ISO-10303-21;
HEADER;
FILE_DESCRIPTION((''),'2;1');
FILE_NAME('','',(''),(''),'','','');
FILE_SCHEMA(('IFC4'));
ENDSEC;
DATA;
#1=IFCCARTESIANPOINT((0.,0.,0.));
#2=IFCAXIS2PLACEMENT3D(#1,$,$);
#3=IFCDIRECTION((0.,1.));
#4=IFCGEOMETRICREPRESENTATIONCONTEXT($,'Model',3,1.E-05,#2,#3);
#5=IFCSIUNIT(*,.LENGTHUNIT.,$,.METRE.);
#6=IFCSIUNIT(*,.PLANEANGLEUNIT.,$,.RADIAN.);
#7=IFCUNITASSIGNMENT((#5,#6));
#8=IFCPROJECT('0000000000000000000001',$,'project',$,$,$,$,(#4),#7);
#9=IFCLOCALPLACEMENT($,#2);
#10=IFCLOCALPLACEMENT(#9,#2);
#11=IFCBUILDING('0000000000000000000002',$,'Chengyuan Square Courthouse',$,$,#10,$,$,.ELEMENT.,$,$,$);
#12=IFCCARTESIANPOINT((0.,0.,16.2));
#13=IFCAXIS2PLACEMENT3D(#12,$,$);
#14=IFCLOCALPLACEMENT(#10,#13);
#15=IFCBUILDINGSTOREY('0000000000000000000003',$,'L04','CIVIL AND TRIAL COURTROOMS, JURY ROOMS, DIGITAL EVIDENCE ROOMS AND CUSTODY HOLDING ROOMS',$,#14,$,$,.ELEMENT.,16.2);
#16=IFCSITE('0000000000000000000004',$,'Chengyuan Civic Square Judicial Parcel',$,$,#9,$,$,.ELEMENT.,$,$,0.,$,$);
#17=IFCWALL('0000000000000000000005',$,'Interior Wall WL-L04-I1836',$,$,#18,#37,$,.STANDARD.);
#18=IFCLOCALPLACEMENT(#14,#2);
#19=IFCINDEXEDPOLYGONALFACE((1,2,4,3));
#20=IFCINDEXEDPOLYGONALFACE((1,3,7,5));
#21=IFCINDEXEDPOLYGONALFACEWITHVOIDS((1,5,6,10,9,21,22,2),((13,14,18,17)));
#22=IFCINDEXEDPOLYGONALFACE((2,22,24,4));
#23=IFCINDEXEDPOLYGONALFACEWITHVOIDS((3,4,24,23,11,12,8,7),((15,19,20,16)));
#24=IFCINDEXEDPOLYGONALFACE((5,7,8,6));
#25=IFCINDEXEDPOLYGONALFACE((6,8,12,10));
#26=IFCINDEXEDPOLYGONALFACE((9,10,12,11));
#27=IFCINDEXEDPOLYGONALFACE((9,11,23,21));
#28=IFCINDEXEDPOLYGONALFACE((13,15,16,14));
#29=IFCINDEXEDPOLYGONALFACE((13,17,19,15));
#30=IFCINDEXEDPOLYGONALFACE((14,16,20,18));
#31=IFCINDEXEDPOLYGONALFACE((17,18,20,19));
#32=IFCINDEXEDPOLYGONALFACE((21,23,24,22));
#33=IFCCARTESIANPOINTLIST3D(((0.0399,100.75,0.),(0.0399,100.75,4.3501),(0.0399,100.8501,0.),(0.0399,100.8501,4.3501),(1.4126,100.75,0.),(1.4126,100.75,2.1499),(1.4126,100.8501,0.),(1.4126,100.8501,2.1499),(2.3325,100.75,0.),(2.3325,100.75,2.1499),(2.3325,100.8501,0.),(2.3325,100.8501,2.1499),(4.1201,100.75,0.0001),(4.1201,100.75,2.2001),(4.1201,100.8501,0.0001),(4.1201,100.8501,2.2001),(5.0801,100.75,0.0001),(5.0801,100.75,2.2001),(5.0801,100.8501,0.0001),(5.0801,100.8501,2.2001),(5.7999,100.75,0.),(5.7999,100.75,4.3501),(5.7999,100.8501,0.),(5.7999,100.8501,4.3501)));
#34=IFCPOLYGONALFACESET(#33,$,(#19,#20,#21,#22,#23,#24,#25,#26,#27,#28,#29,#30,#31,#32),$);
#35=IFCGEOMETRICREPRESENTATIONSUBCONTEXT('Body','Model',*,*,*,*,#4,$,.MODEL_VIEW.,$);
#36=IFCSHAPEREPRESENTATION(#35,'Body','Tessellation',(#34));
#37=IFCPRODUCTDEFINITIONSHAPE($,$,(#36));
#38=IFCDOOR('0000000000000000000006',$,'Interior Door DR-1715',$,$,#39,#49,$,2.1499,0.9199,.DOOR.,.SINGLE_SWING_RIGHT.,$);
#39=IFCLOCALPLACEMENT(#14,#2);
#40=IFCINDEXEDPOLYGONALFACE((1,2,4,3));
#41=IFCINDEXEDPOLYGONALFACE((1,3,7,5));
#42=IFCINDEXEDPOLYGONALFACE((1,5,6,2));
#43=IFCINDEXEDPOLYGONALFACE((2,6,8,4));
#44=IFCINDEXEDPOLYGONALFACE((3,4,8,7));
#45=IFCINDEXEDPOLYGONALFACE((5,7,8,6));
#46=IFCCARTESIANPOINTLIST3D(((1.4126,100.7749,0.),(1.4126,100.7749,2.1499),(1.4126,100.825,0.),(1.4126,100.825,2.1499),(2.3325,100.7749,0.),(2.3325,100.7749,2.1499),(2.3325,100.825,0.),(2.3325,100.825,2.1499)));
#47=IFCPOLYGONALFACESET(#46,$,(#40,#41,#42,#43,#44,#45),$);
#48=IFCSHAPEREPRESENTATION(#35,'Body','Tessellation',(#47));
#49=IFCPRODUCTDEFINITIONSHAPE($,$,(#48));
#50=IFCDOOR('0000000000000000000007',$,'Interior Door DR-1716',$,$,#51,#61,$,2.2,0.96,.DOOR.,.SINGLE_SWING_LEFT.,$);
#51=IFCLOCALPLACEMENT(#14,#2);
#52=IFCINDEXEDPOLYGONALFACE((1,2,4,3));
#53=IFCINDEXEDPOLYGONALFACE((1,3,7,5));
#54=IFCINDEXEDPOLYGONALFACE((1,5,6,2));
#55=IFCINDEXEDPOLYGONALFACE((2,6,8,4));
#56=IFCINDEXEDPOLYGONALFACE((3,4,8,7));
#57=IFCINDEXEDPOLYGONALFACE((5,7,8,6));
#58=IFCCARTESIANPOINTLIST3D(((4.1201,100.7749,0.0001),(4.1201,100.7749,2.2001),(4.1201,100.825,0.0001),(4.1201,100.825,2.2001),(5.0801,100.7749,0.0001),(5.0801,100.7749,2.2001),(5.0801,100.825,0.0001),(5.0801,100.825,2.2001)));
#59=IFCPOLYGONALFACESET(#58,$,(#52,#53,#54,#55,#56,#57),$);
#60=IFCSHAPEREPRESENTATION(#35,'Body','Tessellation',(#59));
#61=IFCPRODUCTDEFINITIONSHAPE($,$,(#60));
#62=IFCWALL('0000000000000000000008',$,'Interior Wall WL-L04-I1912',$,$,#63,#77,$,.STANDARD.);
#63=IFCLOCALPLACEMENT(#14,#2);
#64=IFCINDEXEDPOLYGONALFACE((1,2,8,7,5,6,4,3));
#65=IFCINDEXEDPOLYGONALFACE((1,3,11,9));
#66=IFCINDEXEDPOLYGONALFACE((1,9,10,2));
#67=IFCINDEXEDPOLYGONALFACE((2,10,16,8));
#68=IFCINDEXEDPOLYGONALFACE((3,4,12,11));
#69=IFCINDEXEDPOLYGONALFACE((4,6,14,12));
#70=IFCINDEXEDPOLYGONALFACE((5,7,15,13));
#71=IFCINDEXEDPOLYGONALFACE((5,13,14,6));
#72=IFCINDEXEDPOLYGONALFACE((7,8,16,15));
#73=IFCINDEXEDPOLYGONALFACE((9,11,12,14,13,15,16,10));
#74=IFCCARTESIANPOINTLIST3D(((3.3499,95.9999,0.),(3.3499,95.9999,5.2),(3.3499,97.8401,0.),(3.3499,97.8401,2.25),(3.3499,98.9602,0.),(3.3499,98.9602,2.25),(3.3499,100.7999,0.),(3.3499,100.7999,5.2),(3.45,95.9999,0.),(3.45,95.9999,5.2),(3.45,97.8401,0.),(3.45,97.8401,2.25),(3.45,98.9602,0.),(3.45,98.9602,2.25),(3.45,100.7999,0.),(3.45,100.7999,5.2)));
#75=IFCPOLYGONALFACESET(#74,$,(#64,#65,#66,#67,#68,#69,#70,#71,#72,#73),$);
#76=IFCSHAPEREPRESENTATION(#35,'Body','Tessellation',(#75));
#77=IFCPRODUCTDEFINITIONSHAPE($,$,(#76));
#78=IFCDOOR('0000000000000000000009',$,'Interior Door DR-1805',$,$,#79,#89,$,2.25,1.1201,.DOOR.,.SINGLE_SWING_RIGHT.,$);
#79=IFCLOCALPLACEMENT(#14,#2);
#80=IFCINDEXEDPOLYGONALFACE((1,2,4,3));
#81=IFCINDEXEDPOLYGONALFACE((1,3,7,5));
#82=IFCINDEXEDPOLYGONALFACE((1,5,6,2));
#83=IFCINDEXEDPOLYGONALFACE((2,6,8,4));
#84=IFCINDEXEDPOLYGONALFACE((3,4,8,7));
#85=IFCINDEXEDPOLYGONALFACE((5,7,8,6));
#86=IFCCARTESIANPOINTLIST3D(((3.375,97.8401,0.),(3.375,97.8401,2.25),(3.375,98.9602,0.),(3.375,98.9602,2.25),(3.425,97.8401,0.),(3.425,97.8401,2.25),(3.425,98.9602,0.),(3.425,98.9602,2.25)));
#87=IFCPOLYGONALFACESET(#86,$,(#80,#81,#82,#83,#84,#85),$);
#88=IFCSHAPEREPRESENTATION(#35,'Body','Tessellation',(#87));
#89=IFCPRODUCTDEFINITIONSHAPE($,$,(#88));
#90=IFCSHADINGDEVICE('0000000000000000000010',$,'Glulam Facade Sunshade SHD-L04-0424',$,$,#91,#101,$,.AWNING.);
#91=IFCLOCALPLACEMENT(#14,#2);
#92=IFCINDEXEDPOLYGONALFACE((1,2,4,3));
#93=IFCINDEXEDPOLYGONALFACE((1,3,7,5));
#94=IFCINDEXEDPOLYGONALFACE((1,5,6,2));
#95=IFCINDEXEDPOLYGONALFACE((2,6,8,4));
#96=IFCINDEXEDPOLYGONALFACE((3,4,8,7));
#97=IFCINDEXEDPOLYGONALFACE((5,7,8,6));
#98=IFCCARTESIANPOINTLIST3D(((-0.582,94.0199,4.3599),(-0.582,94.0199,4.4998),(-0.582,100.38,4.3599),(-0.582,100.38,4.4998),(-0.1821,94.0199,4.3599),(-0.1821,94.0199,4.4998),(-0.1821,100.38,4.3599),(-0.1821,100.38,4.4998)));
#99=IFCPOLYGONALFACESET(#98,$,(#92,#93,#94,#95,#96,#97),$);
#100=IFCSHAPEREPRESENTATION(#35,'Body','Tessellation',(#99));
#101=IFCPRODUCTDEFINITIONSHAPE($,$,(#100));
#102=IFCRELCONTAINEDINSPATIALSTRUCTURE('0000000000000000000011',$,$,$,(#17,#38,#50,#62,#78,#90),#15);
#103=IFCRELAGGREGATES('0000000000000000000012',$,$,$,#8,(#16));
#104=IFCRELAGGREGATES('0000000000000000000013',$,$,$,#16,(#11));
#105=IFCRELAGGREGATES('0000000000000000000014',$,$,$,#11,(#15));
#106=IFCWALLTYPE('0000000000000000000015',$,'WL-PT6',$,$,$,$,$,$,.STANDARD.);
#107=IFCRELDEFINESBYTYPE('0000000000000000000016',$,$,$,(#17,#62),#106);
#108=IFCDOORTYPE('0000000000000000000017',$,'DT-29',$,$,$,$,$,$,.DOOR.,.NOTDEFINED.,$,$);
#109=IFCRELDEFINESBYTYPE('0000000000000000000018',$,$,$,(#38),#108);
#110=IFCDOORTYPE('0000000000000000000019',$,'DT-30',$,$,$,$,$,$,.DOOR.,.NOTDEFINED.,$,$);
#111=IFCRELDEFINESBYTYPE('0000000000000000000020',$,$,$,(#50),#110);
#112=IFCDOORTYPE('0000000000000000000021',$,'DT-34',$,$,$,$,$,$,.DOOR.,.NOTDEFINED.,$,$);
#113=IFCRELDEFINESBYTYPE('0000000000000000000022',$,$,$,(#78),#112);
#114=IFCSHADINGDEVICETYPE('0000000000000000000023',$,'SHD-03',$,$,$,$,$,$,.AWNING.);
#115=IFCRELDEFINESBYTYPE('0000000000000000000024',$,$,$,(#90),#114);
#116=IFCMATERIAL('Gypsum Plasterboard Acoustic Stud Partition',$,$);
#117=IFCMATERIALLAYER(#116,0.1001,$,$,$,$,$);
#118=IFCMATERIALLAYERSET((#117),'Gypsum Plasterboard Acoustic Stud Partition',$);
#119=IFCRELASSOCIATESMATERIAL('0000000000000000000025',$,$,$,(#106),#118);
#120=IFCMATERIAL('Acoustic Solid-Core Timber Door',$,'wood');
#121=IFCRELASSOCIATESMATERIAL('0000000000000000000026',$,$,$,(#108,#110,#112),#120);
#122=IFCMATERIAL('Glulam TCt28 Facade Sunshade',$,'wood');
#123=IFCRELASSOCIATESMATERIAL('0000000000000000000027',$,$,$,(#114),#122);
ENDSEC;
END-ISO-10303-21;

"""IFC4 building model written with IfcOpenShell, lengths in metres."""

from ifc_helpers import new_model, si_unit, direction, frame, frame_2d, origin, origin_2d, place, context, subcontext, project, spatial, rectangle, extrude, material, layer, layer_set, type_object, element, fill, save


model = new_model("IFC4")

# Units and contexts
model_context = context("Model", 3, precision=1e-05, world=origin(), true_north=direction((0.0, 1.0)))
body_context = subcontext(model_context, "Body", "Model", "MODEL_VIEW")
ifc_project = project(units=[si_unit("LENGTHUNIT", "METRE"), si_unit("PLANEANGLEUNIT", "RADIAN")], contexts=[model_context])

# Site, building, storey
site_placement = place(None, origin())
site = spatial("IfcSite", under=ifc_project, at=site_placement, Name="Chengyuan Civic Square Judicial Parcel", CompositionType="ELEMENT", RefElevation=0.0)
building_placement = place(site_placement, origin())
building = spatial("IfcBuilding", under=site, at=building_placement, Name="Chengyuan Square Courthouse", CompositionType="ELEMENT")
storey_placement = place(building_placement, frame((0.0, 0.0, 16.2)))
storey = spatial("IfcBuildingStorey", under=building, at=storey_placement, Name="L04", Description="CIVIL AND TRIAL COURTROOMS, JURY ROOMS, DIGITAL EVIDENCE ROOMS AND CUSTODY HOLDING ROOMS", CompositionType="ELEMENT", Elevation=16.2)

# Shared definitions
ifc_material_1 = material(Name="Acoustic Solid-Core Timber Door", Category="wood")

# Wall, openings, doors
ifc_material_2 = material(Name="Gypsum Plasterboard Acoustic Stud Partition")
ifc_layer_1 = layer(ifc_material_2, 0.1001)
ifc_layer_set_1 = layer_set([ifc_layer_1], Name="Gypsum Plasterboard Acoustic Stud Partition")
wall_type_1 = type_object("IfcWallType", Name="WL-PT6", PredefinedType="STANDARD", material=ifc_layer_set_1)
wall_1_placement = place(storey_placement, frame((0.04, 100.8, 0.0), z_axis=(0.0, 0.0, 1.0), x_axis=(1.0, 0.0, 0.0)))
wall_1 = element("IfcWall", 1, at=wall_1_placement, inside=storey, type_object=wall_type_1, Name="Interior Wall WL-L04-I1836", PredefinedType="STANDARD", context=body_context, shape_type="SweptSolid", body=[
    extrude(rectangle(XDim=5.76, YDim=0.1001, at=frame_2d((2.8799, 0.0))), origin(), (0.0, 0.0, 1.0), 4.3501),
])
opening_1_placement = place(wall_1_placement, frame((1.3726, 0.0, 0.0)))
opening_1 = element("IfcOpeningElement", 2, at=opening_1_placement, cuts=wall_1, PredefinedType="OPENING", context=body_context, shape_type="SweptSolid", body=[
    extrude(rectangle(XDim=0.9199, YDim=2.1499, at=frame_2d((0.46, 1.075))), frame((0.0, 0.062, 0.0), z_axis=(0.0, -1.0, 0.0), x_axis=(1.0, 0.0, 0.0)), (0.0, 0.0, 1.0), 0.124),
])
opening_2_placement = place(wall_1_placement, frame((4.0801, 0.0, 0.0)))
opening_2 = element("IfcOpeningElement", 3, at=opening_2_placement, cuts=wall_1, PredefinedType="OPENING", context=body_context, shape_type="SweptSolid", body=[
    extrude(rectangle(XDim=0.96, YDim=2.2, at=frame_2d((0.48, 1.1001))), frame((0.0, 0.062, 0.0), z_axis=(0.0, -1.0, 0.0), x_axis=(1.0, 0.0, 0.0)), (0.0, 0.0, 1.0), 0.124),
])
door_type_1 = type_object("IfcDoorType", Name="DT-29", OperationType="NOTDEFINED", PredefinedType="DOOR", material=ifc_material_1)
door_1_placement = place(opening_1_placement, origin())
door_1 = element("IfcDoor", 4, at=door_1_placement, inside=storey, type_object=door_type_1, Name="Interior Door DR-1715", OperationType="SINGLE_SWING_RIGHT", OverallHeight=2.1499, OverallWidth=0.9199, PredefinedType="DOOR", context=body_context, shape_type="SweptSolid", body=[
    extrude(rectangle(XDim=0.9199, YDim=2.1499, at=frame_2d((0.46, 1.075))), frame((0.0, 0.0249, 0.0), z_axis=(0.0, -1.0, 0.0), x_axis=(1.0, 0.0, 0.0)), (0.0, 0.0, 1.0), 0.05),
])
fill(opening_1, door_1)
door_type_2 = type_object("IfcDoorType", Name="DT-30", OperationType="NOTDEFINED", PredefinedType="DOOR", material=ifc_material_1)
door_2_placement = place(opening_2_placement, origin())
door_2 = element("IfcDoor", 5, at=door_2_placement, inside=storey, type_object=door_type_2, Name="Interior Door DR-1716", OperationType="SINGLE_SWING_LEFT", OverallHeight=2.2, OverallWidth=0.96, PredefinedType="DOOR", context=body_context, shape_type="SweptSolid", body=[
    extrude(rectangle(XDim=0.96, YDim=2.2, at=frame_2d((0.48, 1.1001))), frame((0.0, 0.0249, 0.0), z_axis=(0.0, -1.0, 0.0), x_axis=(1.0, 0.0, 0.0)), (0.0, 0.0, 1.0), 0.05),
])
fill(opening_2, door_2)

# Wall, opening, door
wall_2_placement = place(storey_placement, frame((3.3999, 96.0, 0.0), z_axis=(0.0, 0.0, 1.0), x_axis=(0.0, 1.0, 0.0)))
wall_2 = element("IfcWall", 6, at=wall_2_placement, inside=storey, type_object=wall_type_1, Name="Interior Wall WL-L04-I1912", PredefinedType="STANDARD", context=body_context, shape_type="SweptSolid", body=[
    extrude(rectangle(XDim=4.8, YDim=0.1001, at=frame_2d((2.3999, 0.0))), origin(), (0.0, 0.0, 1.0), 5.2),
])
opening_3_placement = place(wall_2_placement, frame((1.8401, 0.0, 0.0)))
opening_3 = element("IfcOpeningElement", 7, at=opening_3_placement, cuts=wall_2, PredefinedType="OPENING", context=body_context, shape_type="SweptSolid", body=[
    extrude(rectangle(XDim=1.1201, YDim=2.25, at=frame_2d((0.5601, 1.125))), frame((0.0, 0.062, 0.0), z_axis=(0.0, -1.0, 0.0), x_axis=(1.0, 0.0, 0.0)), (0.0, 0.0, 1.0), 0.124),
])
door_type_3 = type_object("IfcDoorType", Name="DT-34", OperationType="NOTDEFINED", PredefinedType="DOOR", material=ifc_material_1)
door_3_placement = place(opening_3_placement, origin())
door_3 = element("IfcDoor", 8, at=door_3_placement, inside=storey, type_object=door_type_3, Name="Interior Door DR-1805", OperationType="SINGLE_SWING_RIGHT", OverallHeight=2.25, OverallWidth=1.1201, PredefinedType="DOOR", context=body_context, shape_type="SweptSolid", body=[
    extrude(rectangle(XDim=1.1201, YDim=2.25, at=frame_2d((0.5601, 1.125))), frame((0.0, 0.0249, 0.0), z_axis=(0.0, -1.0, 0.0), x_axis=(1.0, 0.0, 0.0)), (0.0, 0.0, 1.0), 0.05),
])
fill(opening_3, door_3)

# Shading device
ifc_material_3 = material(Name="Glulam TCt28 Facade Sunshade", Category="wood")
shading_device_type = type_object("IfcShadingDeviceType", Name="SHD-03", PredefinedType="AWNING", material=ifc_material_3)
shading_device_placement = place(storey_placement, frame((-0.3821, 97.2, 4.3599), z_axis=(0.0, 0.0, 1.0), x_axis=(0.0, 1.0, 0.0)))
element("IfcShadingDevice", 9, at=shading_device_placement, inside=storey, type_object=shading_device_type, Name="Glulam Facade Sunshade SHD-L04-0424", PredefinedType="AWNING", context=body_context, shape_type="SweptSolid", body=[
    extrude(rectangle(XDim=6.3601, YDim=0.3999, at=origin_2d()), origin(), (0.0, 0.0, 1.0), 0.1399),
])

save(model, "model.ifc")
